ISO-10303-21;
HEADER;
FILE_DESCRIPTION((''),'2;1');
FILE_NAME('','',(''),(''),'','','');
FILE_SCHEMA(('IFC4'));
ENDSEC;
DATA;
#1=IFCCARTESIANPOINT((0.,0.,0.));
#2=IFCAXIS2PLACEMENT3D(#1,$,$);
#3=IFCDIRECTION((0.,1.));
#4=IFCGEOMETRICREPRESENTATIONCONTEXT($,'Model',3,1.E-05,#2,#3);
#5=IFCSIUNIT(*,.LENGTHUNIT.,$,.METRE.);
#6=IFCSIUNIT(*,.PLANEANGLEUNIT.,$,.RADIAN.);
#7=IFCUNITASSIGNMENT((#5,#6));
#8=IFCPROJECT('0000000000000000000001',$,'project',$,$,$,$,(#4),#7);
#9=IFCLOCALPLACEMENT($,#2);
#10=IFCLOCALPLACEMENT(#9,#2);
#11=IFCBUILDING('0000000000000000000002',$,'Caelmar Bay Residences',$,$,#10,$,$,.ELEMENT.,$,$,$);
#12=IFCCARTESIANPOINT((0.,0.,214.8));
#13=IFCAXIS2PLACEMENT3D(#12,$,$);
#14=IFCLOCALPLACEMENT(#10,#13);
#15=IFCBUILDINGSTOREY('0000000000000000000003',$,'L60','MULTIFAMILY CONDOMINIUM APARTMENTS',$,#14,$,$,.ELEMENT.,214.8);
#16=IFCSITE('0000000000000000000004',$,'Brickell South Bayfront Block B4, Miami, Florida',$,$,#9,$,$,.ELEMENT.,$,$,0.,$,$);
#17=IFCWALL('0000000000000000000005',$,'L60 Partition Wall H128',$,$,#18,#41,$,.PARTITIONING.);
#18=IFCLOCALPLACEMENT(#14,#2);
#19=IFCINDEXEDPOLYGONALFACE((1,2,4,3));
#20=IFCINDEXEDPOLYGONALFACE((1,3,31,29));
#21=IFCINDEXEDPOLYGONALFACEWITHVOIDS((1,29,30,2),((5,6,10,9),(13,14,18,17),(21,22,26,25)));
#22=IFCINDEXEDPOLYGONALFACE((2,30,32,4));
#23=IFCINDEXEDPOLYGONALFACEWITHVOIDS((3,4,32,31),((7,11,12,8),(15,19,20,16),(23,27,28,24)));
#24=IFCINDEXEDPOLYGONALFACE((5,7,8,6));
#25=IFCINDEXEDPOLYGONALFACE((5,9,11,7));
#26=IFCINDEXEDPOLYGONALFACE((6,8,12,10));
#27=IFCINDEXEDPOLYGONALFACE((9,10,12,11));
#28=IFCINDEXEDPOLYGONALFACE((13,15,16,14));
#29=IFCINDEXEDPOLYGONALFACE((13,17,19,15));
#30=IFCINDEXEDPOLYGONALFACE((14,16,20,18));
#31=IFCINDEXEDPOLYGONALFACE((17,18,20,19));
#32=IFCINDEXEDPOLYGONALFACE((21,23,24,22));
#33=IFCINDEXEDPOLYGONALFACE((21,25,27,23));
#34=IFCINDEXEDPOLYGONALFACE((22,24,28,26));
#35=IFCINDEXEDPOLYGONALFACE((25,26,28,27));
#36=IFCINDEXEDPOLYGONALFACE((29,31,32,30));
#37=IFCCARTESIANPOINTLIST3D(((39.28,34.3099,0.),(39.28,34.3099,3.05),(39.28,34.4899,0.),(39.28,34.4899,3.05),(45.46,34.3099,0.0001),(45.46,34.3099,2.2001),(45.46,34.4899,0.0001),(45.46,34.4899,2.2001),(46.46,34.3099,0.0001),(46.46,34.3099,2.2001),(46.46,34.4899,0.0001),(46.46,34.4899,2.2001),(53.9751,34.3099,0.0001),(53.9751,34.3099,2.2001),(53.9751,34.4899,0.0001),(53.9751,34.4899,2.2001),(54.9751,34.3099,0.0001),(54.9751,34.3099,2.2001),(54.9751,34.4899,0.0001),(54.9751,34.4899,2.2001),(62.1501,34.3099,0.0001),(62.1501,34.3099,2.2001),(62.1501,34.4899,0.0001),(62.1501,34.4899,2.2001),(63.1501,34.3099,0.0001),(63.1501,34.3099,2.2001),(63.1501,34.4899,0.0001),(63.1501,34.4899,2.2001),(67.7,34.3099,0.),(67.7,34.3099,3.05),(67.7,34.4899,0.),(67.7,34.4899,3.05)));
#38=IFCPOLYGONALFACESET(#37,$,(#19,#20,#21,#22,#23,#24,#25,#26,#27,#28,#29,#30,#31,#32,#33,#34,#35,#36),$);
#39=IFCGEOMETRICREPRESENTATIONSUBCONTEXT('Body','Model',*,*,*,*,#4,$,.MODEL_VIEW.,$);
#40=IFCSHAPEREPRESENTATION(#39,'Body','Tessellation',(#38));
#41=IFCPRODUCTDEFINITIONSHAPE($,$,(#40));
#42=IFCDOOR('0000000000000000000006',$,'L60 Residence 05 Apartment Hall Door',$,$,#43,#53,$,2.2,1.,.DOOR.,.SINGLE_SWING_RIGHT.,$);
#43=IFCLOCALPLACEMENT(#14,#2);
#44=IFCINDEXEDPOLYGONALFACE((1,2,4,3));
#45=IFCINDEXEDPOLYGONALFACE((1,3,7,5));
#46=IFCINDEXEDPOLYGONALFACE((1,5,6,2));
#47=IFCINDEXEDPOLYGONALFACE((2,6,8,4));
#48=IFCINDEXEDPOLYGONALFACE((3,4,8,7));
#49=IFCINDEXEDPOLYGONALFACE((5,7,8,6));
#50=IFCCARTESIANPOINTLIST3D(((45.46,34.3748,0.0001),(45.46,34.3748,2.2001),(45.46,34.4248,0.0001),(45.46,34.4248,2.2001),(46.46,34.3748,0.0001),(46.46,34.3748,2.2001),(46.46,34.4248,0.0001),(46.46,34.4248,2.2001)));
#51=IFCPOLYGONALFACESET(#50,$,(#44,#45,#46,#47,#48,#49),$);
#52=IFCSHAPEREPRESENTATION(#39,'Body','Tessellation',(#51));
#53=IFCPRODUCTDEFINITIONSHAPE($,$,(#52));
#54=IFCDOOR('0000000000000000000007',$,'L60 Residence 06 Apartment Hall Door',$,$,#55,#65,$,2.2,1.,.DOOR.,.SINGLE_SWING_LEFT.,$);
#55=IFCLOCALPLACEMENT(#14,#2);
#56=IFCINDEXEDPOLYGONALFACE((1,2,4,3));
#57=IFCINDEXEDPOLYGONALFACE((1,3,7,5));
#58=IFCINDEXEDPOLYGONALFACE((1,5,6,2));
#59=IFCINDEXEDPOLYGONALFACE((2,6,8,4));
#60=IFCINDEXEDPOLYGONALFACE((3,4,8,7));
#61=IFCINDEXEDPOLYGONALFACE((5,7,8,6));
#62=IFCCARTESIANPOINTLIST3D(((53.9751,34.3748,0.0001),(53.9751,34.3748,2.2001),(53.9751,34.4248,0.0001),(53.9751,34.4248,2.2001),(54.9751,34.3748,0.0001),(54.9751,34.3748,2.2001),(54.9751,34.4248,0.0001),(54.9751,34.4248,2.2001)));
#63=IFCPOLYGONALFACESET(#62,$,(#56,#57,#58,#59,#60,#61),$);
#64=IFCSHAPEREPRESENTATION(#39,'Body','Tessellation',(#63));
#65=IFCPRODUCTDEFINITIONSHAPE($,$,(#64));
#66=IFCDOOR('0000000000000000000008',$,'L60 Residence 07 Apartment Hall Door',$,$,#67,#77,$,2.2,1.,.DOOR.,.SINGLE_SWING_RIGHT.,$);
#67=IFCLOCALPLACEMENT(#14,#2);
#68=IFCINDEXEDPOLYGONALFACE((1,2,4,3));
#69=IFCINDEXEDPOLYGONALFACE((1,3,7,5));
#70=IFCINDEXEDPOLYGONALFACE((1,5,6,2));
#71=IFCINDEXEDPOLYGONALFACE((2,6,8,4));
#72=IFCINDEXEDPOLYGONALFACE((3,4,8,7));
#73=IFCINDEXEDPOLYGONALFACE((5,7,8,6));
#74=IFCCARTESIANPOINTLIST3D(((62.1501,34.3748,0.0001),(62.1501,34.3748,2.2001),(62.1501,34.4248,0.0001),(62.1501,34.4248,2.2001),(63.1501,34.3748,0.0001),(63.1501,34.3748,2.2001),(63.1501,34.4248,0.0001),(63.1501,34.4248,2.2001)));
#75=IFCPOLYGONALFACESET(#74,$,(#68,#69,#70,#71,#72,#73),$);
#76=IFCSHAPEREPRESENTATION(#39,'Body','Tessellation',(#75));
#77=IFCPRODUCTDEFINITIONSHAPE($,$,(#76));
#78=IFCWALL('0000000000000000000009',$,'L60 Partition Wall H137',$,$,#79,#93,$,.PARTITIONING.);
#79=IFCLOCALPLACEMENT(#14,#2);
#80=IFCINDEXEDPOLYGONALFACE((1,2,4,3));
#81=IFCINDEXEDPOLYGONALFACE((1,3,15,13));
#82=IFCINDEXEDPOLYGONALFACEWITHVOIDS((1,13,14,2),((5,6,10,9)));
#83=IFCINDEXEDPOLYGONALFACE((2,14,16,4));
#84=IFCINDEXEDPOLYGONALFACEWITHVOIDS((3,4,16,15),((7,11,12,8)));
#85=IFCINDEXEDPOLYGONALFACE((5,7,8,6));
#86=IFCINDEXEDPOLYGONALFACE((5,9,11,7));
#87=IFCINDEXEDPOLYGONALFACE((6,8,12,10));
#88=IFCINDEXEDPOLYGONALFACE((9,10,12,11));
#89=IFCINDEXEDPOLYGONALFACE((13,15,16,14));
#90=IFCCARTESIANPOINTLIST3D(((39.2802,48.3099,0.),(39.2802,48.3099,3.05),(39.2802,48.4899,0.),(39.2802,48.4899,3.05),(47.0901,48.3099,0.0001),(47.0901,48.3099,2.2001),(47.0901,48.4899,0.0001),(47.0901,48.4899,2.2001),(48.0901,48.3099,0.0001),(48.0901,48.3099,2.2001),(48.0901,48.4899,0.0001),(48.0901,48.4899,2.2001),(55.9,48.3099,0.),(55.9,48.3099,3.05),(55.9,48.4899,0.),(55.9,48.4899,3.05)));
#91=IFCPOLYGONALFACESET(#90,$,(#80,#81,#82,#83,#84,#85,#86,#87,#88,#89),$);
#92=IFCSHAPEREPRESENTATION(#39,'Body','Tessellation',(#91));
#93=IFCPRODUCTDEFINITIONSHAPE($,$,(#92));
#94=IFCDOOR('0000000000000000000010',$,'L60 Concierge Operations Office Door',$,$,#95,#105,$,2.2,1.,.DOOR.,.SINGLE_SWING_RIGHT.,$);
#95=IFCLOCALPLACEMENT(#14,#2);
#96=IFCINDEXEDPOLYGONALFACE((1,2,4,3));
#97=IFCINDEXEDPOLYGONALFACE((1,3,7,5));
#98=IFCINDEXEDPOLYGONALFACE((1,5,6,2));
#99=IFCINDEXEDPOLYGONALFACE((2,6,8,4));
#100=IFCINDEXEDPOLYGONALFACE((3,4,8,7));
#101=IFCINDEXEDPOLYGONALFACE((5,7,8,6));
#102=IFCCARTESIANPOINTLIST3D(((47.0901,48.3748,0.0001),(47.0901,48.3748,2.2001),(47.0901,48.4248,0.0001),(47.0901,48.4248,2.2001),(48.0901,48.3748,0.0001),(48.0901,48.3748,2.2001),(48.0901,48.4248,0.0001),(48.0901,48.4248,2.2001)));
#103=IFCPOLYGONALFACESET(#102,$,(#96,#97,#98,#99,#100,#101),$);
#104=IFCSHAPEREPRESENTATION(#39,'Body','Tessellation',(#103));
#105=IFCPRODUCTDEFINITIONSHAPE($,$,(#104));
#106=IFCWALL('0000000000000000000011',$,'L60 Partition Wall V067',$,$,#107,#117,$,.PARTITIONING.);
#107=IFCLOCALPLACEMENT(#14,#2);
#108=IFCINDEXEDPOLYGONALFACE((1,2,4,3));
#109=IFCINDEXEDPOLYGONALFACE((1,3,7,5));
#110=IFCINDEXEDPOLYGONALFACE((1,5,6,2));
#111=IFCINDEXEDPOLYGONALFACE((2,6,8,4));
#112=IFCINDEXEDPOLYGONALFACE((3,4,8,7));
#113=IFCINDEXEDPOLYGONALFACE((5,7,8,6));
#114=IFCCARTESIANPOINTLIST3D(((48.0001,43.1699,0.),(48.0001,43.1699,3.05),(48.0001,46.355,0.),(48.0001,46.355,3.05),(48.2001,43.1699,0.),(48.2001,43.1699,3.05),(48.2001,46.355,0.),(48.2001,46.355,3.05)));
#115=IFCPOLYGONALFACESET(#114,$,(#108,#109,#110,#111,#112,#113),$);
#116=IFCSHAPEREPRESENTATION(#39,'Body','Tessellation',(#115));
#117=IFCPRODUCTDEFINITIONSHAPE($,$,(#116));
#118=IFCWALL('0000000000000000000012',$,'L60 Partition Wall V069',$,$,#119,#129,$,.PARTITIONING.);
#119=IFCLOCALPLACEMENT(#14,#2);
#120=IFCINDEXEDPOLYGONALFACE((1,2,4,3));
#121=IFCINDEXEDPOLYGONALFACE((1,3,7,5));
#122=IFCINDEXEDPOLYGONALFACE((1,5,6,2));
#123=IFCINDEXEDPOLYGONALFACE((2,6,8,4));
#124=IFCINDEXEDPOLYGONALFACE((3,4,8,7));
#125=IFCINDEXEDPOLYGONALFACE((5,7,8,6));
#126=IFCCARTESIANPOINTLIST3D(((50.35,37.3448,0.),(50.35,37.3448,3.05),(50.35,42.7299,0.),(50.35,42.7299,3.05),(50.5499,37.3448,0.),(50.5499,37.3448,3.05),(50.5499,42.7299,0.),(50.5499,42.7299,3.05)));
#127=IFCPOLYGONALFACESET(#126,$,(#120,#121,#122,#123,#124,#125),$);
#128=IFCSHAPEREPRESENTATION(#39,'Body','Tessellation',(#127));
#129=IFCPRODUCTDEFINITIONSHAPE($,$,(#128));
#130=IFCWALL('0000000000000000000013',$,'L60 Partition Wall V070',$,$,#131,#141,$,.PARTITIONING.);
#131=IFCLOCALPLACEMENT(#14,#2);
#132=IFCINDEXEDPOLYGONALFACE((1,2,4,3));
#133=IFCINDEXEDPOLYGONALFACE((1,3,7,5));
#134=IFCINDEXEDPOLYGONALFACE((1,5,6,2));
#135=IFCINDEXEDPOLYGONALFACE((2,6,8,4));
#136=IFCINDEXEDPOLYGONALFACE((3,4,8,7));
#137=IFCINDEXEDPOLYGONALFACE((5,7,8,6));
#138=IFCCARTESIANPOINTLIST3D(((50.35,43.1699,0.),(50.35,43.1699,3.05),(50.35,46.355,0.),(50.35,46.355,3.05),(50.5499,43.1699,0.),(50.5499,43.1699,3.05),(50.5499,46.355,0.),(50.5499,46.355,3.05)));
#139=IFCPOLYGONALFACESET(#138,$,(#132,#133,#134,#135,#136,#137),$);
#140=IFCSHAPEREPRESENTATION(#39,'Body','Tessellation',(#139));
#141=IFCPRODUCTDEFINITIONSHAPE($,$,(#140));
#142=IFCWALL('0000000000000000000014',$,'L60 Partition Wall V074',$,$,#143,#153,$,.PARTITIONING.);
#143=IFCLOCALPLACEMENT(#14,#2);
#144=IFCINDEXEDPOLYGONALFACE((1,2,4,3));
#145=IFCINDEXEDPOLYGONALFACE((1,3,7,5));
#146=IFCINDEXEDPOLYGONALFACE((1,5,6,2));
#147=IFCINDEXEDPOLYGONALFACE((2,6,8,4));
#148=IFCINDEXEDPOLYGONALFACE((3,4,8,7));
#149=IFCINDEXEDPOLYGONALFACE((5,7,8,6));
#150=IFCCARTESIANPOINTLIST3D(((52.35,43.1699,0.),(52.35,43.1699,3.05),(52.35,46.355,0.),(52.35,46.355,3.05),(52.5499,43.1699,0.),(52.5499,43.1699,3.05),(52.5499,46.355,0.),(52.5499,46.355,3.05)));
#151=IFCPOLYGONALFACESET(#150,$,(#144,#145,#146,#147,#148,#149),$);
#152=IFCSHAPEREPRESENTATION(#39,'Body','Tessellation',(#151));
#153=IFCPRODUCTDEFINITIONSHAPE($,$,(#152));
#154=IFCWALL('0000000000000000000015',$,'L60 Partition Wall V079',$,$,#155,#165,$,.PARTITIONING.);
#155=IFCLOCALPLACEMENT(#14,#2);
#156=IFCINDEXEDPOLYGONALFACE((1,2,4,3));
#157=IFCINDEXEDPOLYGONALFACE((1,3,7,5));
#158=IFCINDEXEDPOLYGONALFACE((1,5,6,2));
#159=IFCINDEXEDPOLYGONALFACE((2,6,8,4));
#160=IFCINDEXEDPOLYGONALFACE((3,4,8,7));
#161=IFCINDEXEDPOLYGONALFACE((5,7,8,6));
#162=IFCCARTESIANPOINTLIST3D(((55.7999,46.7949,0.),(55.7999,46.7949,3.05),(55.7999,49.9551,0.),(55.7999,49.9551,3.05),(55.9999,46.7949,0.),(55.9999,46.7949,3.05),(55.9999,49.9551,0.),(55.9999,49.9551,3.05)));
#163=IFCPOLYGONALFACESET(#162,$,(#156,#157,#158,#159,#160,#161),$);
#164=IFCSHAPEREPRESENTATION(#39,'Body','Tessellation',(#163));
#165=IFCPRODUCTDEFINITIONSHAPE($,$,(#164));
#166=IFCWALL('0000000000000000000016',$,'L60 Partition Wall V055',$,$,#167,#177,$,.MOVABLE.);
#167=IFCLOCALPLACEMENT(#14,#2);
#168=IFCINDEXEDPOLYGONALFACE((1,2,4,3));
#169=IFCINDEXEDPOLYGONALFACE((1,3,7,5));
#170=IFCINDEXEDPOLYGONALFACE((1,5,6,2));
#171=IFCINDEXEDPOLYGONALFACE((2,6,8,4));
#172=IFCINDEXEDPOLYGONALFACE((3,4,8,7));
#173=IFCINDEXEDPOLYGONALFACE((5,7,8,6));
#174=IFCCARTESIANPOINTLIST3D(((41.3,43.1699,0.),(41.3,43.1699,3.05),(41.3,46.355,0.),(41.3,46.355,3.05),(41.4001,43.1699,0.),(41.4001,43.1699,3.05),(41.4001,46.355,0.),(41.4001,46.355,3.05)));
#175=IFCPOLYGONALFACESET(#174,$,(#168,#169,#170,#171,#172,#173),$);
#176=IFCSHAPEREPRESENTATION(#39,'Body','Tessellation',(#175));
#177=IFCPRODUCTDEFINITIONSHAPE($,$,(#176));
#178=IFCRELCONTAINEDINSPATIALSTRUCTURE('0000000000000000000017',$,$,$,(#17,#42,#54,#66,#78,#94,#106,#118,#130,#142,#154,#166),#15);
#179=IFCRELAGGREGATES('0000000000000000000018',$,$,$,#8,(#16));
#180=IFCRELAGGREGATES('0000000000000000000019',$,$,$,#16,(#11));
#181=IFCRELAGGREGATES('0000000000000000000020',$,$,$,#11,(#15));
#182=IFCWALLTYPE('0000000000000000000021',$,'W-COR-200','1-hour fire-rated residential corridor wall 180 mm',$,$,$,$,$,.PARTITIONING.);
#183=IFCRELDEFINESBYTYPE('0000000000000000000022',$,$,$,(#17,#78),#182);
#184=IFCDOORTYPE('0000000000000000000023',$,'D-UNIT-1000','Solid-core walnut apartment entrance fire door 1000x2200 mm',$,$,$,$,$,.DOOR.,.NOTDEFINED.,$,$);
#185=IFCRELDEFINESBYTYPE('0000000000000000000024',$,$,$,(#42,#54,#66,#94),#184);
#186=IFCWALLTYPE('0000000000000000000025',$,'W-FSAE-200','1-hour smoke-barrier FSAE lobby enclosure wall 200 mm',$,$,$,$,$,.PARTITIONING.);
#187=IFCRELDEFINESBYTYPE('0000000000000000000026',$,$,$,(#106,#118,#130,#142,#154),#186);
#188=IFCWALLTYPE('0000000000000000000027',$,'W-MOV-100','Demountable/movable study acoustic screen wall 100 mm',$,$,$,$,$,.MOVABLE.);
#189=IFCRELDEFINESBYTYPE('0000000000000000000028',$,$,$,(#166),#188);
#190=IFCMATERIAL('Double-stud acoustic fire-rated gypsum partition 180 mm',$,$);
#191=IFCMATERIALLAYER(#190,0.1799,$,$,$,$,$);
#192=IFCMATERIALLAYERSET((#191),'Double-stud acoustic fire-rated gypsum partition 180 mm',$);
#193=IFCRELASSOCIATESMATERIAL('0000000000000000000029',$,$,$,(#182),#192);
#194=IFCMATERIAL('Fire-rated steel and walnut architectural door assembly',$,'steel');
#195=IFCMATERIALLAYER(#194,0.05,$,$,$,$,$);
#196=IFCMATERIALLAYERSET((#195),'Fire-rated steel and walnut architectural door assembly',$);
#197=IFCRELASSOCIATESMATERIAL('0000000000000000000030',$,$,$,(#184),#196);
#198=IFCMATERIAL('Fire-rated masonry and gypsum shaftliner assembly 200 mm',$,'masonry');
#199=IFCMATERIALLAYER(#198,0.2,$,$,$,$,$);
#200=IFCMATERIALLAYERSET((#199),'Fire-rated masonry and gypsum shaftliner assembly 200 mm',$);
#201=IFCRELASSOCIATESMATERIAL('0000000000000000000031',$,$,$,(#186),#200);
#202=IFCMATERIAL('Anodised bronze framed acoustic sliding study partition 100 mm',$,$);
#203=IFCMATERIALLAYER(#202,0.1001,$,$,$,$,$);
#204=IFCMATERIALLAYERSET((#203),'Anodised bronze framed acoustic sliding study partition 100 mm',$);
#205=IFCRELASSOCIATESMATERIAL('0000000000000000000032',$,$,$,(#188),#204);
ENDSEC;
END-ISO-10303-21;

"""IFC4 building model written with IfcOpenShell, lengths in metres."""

from ifc_helpers import new_model, si_unit, direction, frame, frame_2d, origin, place, context, subcontext, project, spatial, rectangle, extrude, material, layer, layer_set, type_object, element, fill, save


model = new_model("IFC4")

# Units and contexts
model_context = context("Model", 3, precision=1e-05, world=origin(), true_north=direction((0.0, 1.0)))
body_context = subcontext(model_context, "Body", "Model", "MODEL_VIEW")
ifc_project = project(units=[si_unit("LENGTHUNIT", "METRE"), si_unit("PLANEANGLEUNIT", "RADIAN")], contexts=[model_context])

# Site, building, storey
site_placement = place(None, origin())
site = spatial("IfcSite", under=ifc_project, at=site_placement, Name="Brickell South Bayfront Block B4, Miami, Florida", CompositionType="ELEMENT", RefElevation=0.0)
building_placement = place(site_placement, origin())
building = spatial("IfcBuilding", under=site, at=building_placement, Name="Caelmar Bay Residences", CompositionType="ELEMENT")
storey_placement = place(building_placement, frame((0.0, 0.0, 214.8)))
storey = spatial("IfcBuildingStorey", under=building, at=storey_placement, Name="L60", Description="MULTIFAMILY CONDOMINIUM APARTMENTS", CompositionType="ELEMENT", Elevation=214.8)

# Shared definitions
ifc_material_1 = material(Name="Fire-rated steel and walnut architectural door assembly", Category="steel")

# Wall, openings, doors
ifc_material_2 = material(Name="Double-stud acoustic fire-rated gypsum partition 180 mm")
ifc_layer_1 = layer(ifc_material_2, 0.1799)
ifc_layer_set_1 = layer_set([ifc_layer_1], Name="Double-stud acoustic fire-rated gypsum partition 180 mm")
wall_type_1 = type_object("IfcWallType", Name="W-COR-200", Description="1-hour fire-rated residential corridor wall 180 mm", PredefinedType="PARTITIONING", material=ifc_layer_set_1)
wall_1_placement = place(storey_placement, frame((39.28, 34.3999, 0.0), z_axis=(0.0, 0.0, 1.0), x_axis=(1.0, 0.0, 0.0)))
wall_1 = element("IfcWall", 1, at=wall_1_placement, inside=storey, type_object=wall_type_1, Name="L60 Partition Wall H128", PredefinedType="PARTITIONING", context=body_context, shape_type="SweptSolid", body=[
    extrude(rectangle(XDim=28.4199, YDim=0.1799, at=frame_2d((14.21, 0.0))), origin(), (0.0, 0.0, 1.0), 3.05),
])
opening_1_placement = place(wall_1_placement, frame((6.1799, 0.0, 0.0)))
opening_1 = element("IfcOpeningElement", 2, at=opening_1_placement, cuts=wall_1, PredefinedType="OPENING", context=body_context, shape_type="SweptSolid", body=[
    extrude(rectangle(XDim=1.0, YDim=2.2, at=frame_2d((0.5, 1.1001))), frame((0.0, 0.0999, 0.0), z_axis=(0.0, -1.0, 0.0), x_axis=(1.0, 0.0, 0.0)), (0.0, 0.0, 1.0), 0.2),
])
opening_2_placement = place(wall_1_placement, frame((14.6951, 0.0, 0.0)))
opening_2 = element("IfcOpeningElement", 3, at=opening_2_placement, cuts=wall_1, PredefinedType="OPENING", context=body_context, shape_type="SweptSolid", body=[
    extrude(rectangle(XDim=1.0, YDim=2.2, at=frame_2d((0.5, 1.1001))), frame((0.0, 0.0999, 0.0), z_axis=(0.0, -1.0, 0.0), x_axis=(1.0, 0.0, 0.0)), (0.0, 0.0, 1.0), 0.2),
])
opening_3_placement = place(wall_1_placement, frame((22.8701, 0.0, 0.0)))
opening_3 = element("IfcOpeningElement", 4, at=opening_3_placement, cuts=wall_1, PredefinedType="OPENING", context=body_context, shape_type="SweptSolid", body=[
    extrude(rectangle(XDim=1.0, YDim=2.2, at=frame_2d((0.5, 1.1001))), frame((0.0, 0.0999, 0.0), z_axis=(0.0, -1.0, 0.0), x_axis=(1.0, 0.0, 0.0)), (0.0, 0.0, 1.0), 0.2),
])
ifc_layer_2 = layer(ifc_material_1, 0.05)
ifc_layer_set_2 = layer_set([ifc_layer_2], Name="Fire-rated steel and walnut architectural door assembly")
door_type_1 = type_object("IfcDoorType", Name="D-UNIT-1000", Description="Solid-core walnut apartment entrance fire door 1000x2200 mm", OperationType="NOTDEFINED", PredefinedType="DOOR", material=ifc_layer_set_2)
door_1_placement = place(opening_1_placement, origin())
door_1 = element("IfcDoor", 5, at=door_1_placement, inside=storey, type_object=door_type_1, Name="L60 Residence 05 Apartment Hall Door", OperationType="SINGLE_SWING_RIGHT", OverallHeight=2.2, OverallWidth=1.0, PredefinedType="DOOR", context=body_context, shape_type="SweptSolid", body=[
    extrude(rectangle(XDim=1.0, YDim=2.2, at=frame_2d((0.5, 1.1001))), frame((0.0, 0.0249, 0.0), z_axis=(0.0, -1.0, 0.0), x_axis=(1.0, 0.0, 0.0)), (0.0, 0.0, 1.0), 0.05),
])
fill(opening_1, door_1)
door_2_placement = place(opening_2_placement, origin())
door_2 = element("IfcDoor", 6, at=door_2_placement, inside=storey, type_object=door_type_1, Name="L60 Residence 06 Apartment Hall Door", OperationType="SINGLE_SWING_LEFT", OverallHeight=2.2, OverallWidth=1.0, PredefinedType="DOOR", context=body_context, shape_type="SweptSolid", body=[
    extrude(rectangle(XDim=1.0, YDim=2.2, at=frame_2d((0.5, 1.1001))), frame((0.0, 0.0249, 0.0), z_axis=(0.0, -1.0, 0.0), x_axis=(1.0, 0.0, 0.0)), (0.0, 0.0, 1.0), 0.05),
])
fill(opening_2, door_2)
door_3_placement = place(opening_3_placement, origin())
door_3 = element("IfcDoor", 7, at=door_3_placement, inside=storey, type_object=door_type_1, Name="L60 Residence 07 Apartment Hall Door", OperationType="SINGLE_SWING_RIGHT", OverallHeight=2.2, OverallWidth=1.0, PredefinedType="DOOR", context=body_context, shape_type="SweptSolid", body=[
    extrude(rectangle(XDim=1.0, YDim=2.2, at=frame_2d((0.5, 1.1001))), frame((0.0, 0.0249, 0.0), z_axis=(0.0, -1.0, 0.0), x_axis=(1.0, 0.0, 0.0)), (0.0, 0.0, 1.0), 0.05),
])
fill(opening_3, door_3)

# Wall, opening, door
wall_2_placement = place(storey_placement, frame((39.28, 48.3999, 0.0), z_axis=(0.0, 0.0, 1.0), x_axis=(1.0, 0.0, 0.0)))
wall_2 = element("IfcWall", 8, at=wall_2_placement, inside=storey, type_object=wall_type_1, Name="L60 Partition Wall H137", PredefinedType="PARTITIONING", context=body_context, shape_type="SweptSolid", body=[
    extrude(rectangle(XDim=16.6199, YDim=0.1799, at=frame_2d((8.3101, 0.0))), origin(), (0.0, 0.0, 1.0), 3.05),
])
opening_4_placement = place(wall_2_placement, frame((7.8101, 0.0, 0.0)))
opening_4 = element("IfcOpeningElement", 9, at=opening_4_placement, cuts=wall_2, PredefinedType="OPENING", context=body_context, shape_type="SweptSolid", body=[
    extrude(rectangle(XDim=1.0, YDim=2.2, at=frame_2d((0.5, 1.1001))), frame((0.0, 0.0999, 0.0), z_axis=(0.0, -1.0, 0.0), x_axis=(1.0, 0.0, 0.0)), (0.0, 0.0, 1.0), 0.2),
])
door_4_placement = place(opening_4_placement, origin())
door_4 = element("IfcDoor", 10, at=door_4_placement, inside=storey, type_object=door_type_1, Name="L60 Concierge Operations Office Door", OperationType="SINGLE_SWING_RIGHT", OverallHeight=2.2, OverallWidth=1.0, PredefinedType="DOOR", context=body_context, shape_type="SweptSolid", body=[
    extrude(rectangle(XDim=1.0, YDim=2.2, at=frame_2d((0.5, 1.1001))), frame((0.0, 0.0249, 0.0), z_axis=(0.0, -1.0, 0.0), x_axis=(1.0, 0.0, 0.0)), (0.0, 0.0, 1.0), 0.05),
])
fill(opening_4, door_4)

# Walls
ifc_material_3 = material(Name="Fire-rated masonry and gypsum shaftliner assembly 200 mm", Category="masonry")
ifc_layer_3 = layer(ifc_material_3, 0.2)
ifc_layer_set_3 = layer_set([ifc_layer_3], Name="Fire-rated masonry and gypsum shaftliner assembly 200 mm")
wall_type_2 = type_object("IfcWallType", Name="W-FSAE-200", Description="1-hour smoke-barrier FSAE lobby enclosure wall 200 mm", PredefinedType="PARTITIONING", material=ifc_layer_set_3)
wall_3_placement = place(storey_placement, frame((48.1001, 43.1699, 0.0), z_axis=(0.0, 0.0, 1.0), x_axis=(0.0, 1.0, 0.0)))
element("IfcWall", 11, at=wall_3_placement, inside=storey, type_object=wall_type_2, Name="L60 Partition Wall V067", PredefinedType="PARTITIONING", context=body_context, shape_type="SweptSolid", body=[
    extrude(rectangle(XDim=3.1851, YDim=0.2, at=frame_2d((1.5925, 0.0))), origin(), (0.0, 0.0, 1.0), 3.05),
])
wall_4_placement = place(storey_placement, frame((50.45, 37.345, 0.0), z_axis=(0.0, 0.0, 1.0), x_axis=(0.0, 1.0, 0.0)))
element("IfcWall", 12, at=wall_4_placement, inside=storey, type_object=wall_type_2, Name="L60 Partition Wall V069", PredefinedType="PARTITIONING", context=body_context, shape_type="SweptSolid", body=[
    extrude(rectangle(XDim=5.385, YDim=0.2, at=frame_2d((2.6924, 0.0))), origin(), (0.0, 0.0, 1.0), 3.05),
])
for number, where, z_axis, x_axis, name in (
    (13, (50.45, 43.1699, 0.0), (0.0, 0.0, 1.0), (0.0, 1.0, 0.0), "L60 Partition Wall V070"),
    (14, (52.45, 43.1699, 0.0), (0.0, 0.0, 1.0), (0.0, 1.0, 0.0), "L60 Partition Wall V074"),
):
    element("IfcWall", number, at=place(storey_placement, frame(where, z_axis=z_axis, x_axis=x_axis)), inside=storey, type_object=wall_type_2, Name=name, PredefinedType="PARTITIONING", context=body_context, shape_type="SweptSolid", body=[
        extrude(rectangle(XDim=3.1851, YDim=0.2, at=frame_2d((1.5925, 0.0))), origin(), (0.0, 0.0, 1.0), 3.05),
    ])
wall_5_placement = place(storey_placement, frame((55.8999, 46.7949, 0.0), z_axis=(0.0, 0.0, 1.0), x_axis=(0.0, 1.0, 0.0)))
element("IfcWall", 15, at=wall_5_placement, inside=storey, type_object=wall_type_2, Name="L60 Partition Wall V079", PredefinedType="PARTITIONING", context=body_context, shape_type="SweptSolid", body=[
    extrude(rectangle(XDim=3.1602, YDim=0.2, at=frame_2d((1.5801, 0.0))), origin(), (0.0, 0.0, 1.0), 3.05),
])
ifc_material_4 = material(Name="Anodised bronze framed acoustic sliding study partition 100 mm")
ifc_layer_4 = layer(ifc_material_4, 0.1001)
ifc_layer_set_4 = layer_set([ifc_layer_4], Name="Anodised bronze framed acoustic sliding study partition 100 mm")
wall_type_3 = type_object("IfcWallType", Name="W-MOV-100", Description="Demountable/movable study acoustic screen wall 100 mm", PredefinedType="MOVABLE", material=ifc_layer_set_4)
wall_6_placement = place(storey_placement, frame((41.3501, 43.1699, 0.0), z_axis=(0.0, 0.0, 1.0), x_axis=(0.0, 1.0, 0.0)))
element("IfcWall", 16, at=wall_6_placement, inside=storey, type_object=wall_type_3, Name="L60 Partition Wall V055", PredefinedType="MOVABLE", context=body_context, shape_type="SweptSolid", body=[
    extrude(rectangle(XDim=3.1851, YDim=0.1001, at=frame_2d((1.5925, 0.0))), origin(), (0.0, 0.0, 1.0), 3.05),
])

save(model, "model.ifc")
